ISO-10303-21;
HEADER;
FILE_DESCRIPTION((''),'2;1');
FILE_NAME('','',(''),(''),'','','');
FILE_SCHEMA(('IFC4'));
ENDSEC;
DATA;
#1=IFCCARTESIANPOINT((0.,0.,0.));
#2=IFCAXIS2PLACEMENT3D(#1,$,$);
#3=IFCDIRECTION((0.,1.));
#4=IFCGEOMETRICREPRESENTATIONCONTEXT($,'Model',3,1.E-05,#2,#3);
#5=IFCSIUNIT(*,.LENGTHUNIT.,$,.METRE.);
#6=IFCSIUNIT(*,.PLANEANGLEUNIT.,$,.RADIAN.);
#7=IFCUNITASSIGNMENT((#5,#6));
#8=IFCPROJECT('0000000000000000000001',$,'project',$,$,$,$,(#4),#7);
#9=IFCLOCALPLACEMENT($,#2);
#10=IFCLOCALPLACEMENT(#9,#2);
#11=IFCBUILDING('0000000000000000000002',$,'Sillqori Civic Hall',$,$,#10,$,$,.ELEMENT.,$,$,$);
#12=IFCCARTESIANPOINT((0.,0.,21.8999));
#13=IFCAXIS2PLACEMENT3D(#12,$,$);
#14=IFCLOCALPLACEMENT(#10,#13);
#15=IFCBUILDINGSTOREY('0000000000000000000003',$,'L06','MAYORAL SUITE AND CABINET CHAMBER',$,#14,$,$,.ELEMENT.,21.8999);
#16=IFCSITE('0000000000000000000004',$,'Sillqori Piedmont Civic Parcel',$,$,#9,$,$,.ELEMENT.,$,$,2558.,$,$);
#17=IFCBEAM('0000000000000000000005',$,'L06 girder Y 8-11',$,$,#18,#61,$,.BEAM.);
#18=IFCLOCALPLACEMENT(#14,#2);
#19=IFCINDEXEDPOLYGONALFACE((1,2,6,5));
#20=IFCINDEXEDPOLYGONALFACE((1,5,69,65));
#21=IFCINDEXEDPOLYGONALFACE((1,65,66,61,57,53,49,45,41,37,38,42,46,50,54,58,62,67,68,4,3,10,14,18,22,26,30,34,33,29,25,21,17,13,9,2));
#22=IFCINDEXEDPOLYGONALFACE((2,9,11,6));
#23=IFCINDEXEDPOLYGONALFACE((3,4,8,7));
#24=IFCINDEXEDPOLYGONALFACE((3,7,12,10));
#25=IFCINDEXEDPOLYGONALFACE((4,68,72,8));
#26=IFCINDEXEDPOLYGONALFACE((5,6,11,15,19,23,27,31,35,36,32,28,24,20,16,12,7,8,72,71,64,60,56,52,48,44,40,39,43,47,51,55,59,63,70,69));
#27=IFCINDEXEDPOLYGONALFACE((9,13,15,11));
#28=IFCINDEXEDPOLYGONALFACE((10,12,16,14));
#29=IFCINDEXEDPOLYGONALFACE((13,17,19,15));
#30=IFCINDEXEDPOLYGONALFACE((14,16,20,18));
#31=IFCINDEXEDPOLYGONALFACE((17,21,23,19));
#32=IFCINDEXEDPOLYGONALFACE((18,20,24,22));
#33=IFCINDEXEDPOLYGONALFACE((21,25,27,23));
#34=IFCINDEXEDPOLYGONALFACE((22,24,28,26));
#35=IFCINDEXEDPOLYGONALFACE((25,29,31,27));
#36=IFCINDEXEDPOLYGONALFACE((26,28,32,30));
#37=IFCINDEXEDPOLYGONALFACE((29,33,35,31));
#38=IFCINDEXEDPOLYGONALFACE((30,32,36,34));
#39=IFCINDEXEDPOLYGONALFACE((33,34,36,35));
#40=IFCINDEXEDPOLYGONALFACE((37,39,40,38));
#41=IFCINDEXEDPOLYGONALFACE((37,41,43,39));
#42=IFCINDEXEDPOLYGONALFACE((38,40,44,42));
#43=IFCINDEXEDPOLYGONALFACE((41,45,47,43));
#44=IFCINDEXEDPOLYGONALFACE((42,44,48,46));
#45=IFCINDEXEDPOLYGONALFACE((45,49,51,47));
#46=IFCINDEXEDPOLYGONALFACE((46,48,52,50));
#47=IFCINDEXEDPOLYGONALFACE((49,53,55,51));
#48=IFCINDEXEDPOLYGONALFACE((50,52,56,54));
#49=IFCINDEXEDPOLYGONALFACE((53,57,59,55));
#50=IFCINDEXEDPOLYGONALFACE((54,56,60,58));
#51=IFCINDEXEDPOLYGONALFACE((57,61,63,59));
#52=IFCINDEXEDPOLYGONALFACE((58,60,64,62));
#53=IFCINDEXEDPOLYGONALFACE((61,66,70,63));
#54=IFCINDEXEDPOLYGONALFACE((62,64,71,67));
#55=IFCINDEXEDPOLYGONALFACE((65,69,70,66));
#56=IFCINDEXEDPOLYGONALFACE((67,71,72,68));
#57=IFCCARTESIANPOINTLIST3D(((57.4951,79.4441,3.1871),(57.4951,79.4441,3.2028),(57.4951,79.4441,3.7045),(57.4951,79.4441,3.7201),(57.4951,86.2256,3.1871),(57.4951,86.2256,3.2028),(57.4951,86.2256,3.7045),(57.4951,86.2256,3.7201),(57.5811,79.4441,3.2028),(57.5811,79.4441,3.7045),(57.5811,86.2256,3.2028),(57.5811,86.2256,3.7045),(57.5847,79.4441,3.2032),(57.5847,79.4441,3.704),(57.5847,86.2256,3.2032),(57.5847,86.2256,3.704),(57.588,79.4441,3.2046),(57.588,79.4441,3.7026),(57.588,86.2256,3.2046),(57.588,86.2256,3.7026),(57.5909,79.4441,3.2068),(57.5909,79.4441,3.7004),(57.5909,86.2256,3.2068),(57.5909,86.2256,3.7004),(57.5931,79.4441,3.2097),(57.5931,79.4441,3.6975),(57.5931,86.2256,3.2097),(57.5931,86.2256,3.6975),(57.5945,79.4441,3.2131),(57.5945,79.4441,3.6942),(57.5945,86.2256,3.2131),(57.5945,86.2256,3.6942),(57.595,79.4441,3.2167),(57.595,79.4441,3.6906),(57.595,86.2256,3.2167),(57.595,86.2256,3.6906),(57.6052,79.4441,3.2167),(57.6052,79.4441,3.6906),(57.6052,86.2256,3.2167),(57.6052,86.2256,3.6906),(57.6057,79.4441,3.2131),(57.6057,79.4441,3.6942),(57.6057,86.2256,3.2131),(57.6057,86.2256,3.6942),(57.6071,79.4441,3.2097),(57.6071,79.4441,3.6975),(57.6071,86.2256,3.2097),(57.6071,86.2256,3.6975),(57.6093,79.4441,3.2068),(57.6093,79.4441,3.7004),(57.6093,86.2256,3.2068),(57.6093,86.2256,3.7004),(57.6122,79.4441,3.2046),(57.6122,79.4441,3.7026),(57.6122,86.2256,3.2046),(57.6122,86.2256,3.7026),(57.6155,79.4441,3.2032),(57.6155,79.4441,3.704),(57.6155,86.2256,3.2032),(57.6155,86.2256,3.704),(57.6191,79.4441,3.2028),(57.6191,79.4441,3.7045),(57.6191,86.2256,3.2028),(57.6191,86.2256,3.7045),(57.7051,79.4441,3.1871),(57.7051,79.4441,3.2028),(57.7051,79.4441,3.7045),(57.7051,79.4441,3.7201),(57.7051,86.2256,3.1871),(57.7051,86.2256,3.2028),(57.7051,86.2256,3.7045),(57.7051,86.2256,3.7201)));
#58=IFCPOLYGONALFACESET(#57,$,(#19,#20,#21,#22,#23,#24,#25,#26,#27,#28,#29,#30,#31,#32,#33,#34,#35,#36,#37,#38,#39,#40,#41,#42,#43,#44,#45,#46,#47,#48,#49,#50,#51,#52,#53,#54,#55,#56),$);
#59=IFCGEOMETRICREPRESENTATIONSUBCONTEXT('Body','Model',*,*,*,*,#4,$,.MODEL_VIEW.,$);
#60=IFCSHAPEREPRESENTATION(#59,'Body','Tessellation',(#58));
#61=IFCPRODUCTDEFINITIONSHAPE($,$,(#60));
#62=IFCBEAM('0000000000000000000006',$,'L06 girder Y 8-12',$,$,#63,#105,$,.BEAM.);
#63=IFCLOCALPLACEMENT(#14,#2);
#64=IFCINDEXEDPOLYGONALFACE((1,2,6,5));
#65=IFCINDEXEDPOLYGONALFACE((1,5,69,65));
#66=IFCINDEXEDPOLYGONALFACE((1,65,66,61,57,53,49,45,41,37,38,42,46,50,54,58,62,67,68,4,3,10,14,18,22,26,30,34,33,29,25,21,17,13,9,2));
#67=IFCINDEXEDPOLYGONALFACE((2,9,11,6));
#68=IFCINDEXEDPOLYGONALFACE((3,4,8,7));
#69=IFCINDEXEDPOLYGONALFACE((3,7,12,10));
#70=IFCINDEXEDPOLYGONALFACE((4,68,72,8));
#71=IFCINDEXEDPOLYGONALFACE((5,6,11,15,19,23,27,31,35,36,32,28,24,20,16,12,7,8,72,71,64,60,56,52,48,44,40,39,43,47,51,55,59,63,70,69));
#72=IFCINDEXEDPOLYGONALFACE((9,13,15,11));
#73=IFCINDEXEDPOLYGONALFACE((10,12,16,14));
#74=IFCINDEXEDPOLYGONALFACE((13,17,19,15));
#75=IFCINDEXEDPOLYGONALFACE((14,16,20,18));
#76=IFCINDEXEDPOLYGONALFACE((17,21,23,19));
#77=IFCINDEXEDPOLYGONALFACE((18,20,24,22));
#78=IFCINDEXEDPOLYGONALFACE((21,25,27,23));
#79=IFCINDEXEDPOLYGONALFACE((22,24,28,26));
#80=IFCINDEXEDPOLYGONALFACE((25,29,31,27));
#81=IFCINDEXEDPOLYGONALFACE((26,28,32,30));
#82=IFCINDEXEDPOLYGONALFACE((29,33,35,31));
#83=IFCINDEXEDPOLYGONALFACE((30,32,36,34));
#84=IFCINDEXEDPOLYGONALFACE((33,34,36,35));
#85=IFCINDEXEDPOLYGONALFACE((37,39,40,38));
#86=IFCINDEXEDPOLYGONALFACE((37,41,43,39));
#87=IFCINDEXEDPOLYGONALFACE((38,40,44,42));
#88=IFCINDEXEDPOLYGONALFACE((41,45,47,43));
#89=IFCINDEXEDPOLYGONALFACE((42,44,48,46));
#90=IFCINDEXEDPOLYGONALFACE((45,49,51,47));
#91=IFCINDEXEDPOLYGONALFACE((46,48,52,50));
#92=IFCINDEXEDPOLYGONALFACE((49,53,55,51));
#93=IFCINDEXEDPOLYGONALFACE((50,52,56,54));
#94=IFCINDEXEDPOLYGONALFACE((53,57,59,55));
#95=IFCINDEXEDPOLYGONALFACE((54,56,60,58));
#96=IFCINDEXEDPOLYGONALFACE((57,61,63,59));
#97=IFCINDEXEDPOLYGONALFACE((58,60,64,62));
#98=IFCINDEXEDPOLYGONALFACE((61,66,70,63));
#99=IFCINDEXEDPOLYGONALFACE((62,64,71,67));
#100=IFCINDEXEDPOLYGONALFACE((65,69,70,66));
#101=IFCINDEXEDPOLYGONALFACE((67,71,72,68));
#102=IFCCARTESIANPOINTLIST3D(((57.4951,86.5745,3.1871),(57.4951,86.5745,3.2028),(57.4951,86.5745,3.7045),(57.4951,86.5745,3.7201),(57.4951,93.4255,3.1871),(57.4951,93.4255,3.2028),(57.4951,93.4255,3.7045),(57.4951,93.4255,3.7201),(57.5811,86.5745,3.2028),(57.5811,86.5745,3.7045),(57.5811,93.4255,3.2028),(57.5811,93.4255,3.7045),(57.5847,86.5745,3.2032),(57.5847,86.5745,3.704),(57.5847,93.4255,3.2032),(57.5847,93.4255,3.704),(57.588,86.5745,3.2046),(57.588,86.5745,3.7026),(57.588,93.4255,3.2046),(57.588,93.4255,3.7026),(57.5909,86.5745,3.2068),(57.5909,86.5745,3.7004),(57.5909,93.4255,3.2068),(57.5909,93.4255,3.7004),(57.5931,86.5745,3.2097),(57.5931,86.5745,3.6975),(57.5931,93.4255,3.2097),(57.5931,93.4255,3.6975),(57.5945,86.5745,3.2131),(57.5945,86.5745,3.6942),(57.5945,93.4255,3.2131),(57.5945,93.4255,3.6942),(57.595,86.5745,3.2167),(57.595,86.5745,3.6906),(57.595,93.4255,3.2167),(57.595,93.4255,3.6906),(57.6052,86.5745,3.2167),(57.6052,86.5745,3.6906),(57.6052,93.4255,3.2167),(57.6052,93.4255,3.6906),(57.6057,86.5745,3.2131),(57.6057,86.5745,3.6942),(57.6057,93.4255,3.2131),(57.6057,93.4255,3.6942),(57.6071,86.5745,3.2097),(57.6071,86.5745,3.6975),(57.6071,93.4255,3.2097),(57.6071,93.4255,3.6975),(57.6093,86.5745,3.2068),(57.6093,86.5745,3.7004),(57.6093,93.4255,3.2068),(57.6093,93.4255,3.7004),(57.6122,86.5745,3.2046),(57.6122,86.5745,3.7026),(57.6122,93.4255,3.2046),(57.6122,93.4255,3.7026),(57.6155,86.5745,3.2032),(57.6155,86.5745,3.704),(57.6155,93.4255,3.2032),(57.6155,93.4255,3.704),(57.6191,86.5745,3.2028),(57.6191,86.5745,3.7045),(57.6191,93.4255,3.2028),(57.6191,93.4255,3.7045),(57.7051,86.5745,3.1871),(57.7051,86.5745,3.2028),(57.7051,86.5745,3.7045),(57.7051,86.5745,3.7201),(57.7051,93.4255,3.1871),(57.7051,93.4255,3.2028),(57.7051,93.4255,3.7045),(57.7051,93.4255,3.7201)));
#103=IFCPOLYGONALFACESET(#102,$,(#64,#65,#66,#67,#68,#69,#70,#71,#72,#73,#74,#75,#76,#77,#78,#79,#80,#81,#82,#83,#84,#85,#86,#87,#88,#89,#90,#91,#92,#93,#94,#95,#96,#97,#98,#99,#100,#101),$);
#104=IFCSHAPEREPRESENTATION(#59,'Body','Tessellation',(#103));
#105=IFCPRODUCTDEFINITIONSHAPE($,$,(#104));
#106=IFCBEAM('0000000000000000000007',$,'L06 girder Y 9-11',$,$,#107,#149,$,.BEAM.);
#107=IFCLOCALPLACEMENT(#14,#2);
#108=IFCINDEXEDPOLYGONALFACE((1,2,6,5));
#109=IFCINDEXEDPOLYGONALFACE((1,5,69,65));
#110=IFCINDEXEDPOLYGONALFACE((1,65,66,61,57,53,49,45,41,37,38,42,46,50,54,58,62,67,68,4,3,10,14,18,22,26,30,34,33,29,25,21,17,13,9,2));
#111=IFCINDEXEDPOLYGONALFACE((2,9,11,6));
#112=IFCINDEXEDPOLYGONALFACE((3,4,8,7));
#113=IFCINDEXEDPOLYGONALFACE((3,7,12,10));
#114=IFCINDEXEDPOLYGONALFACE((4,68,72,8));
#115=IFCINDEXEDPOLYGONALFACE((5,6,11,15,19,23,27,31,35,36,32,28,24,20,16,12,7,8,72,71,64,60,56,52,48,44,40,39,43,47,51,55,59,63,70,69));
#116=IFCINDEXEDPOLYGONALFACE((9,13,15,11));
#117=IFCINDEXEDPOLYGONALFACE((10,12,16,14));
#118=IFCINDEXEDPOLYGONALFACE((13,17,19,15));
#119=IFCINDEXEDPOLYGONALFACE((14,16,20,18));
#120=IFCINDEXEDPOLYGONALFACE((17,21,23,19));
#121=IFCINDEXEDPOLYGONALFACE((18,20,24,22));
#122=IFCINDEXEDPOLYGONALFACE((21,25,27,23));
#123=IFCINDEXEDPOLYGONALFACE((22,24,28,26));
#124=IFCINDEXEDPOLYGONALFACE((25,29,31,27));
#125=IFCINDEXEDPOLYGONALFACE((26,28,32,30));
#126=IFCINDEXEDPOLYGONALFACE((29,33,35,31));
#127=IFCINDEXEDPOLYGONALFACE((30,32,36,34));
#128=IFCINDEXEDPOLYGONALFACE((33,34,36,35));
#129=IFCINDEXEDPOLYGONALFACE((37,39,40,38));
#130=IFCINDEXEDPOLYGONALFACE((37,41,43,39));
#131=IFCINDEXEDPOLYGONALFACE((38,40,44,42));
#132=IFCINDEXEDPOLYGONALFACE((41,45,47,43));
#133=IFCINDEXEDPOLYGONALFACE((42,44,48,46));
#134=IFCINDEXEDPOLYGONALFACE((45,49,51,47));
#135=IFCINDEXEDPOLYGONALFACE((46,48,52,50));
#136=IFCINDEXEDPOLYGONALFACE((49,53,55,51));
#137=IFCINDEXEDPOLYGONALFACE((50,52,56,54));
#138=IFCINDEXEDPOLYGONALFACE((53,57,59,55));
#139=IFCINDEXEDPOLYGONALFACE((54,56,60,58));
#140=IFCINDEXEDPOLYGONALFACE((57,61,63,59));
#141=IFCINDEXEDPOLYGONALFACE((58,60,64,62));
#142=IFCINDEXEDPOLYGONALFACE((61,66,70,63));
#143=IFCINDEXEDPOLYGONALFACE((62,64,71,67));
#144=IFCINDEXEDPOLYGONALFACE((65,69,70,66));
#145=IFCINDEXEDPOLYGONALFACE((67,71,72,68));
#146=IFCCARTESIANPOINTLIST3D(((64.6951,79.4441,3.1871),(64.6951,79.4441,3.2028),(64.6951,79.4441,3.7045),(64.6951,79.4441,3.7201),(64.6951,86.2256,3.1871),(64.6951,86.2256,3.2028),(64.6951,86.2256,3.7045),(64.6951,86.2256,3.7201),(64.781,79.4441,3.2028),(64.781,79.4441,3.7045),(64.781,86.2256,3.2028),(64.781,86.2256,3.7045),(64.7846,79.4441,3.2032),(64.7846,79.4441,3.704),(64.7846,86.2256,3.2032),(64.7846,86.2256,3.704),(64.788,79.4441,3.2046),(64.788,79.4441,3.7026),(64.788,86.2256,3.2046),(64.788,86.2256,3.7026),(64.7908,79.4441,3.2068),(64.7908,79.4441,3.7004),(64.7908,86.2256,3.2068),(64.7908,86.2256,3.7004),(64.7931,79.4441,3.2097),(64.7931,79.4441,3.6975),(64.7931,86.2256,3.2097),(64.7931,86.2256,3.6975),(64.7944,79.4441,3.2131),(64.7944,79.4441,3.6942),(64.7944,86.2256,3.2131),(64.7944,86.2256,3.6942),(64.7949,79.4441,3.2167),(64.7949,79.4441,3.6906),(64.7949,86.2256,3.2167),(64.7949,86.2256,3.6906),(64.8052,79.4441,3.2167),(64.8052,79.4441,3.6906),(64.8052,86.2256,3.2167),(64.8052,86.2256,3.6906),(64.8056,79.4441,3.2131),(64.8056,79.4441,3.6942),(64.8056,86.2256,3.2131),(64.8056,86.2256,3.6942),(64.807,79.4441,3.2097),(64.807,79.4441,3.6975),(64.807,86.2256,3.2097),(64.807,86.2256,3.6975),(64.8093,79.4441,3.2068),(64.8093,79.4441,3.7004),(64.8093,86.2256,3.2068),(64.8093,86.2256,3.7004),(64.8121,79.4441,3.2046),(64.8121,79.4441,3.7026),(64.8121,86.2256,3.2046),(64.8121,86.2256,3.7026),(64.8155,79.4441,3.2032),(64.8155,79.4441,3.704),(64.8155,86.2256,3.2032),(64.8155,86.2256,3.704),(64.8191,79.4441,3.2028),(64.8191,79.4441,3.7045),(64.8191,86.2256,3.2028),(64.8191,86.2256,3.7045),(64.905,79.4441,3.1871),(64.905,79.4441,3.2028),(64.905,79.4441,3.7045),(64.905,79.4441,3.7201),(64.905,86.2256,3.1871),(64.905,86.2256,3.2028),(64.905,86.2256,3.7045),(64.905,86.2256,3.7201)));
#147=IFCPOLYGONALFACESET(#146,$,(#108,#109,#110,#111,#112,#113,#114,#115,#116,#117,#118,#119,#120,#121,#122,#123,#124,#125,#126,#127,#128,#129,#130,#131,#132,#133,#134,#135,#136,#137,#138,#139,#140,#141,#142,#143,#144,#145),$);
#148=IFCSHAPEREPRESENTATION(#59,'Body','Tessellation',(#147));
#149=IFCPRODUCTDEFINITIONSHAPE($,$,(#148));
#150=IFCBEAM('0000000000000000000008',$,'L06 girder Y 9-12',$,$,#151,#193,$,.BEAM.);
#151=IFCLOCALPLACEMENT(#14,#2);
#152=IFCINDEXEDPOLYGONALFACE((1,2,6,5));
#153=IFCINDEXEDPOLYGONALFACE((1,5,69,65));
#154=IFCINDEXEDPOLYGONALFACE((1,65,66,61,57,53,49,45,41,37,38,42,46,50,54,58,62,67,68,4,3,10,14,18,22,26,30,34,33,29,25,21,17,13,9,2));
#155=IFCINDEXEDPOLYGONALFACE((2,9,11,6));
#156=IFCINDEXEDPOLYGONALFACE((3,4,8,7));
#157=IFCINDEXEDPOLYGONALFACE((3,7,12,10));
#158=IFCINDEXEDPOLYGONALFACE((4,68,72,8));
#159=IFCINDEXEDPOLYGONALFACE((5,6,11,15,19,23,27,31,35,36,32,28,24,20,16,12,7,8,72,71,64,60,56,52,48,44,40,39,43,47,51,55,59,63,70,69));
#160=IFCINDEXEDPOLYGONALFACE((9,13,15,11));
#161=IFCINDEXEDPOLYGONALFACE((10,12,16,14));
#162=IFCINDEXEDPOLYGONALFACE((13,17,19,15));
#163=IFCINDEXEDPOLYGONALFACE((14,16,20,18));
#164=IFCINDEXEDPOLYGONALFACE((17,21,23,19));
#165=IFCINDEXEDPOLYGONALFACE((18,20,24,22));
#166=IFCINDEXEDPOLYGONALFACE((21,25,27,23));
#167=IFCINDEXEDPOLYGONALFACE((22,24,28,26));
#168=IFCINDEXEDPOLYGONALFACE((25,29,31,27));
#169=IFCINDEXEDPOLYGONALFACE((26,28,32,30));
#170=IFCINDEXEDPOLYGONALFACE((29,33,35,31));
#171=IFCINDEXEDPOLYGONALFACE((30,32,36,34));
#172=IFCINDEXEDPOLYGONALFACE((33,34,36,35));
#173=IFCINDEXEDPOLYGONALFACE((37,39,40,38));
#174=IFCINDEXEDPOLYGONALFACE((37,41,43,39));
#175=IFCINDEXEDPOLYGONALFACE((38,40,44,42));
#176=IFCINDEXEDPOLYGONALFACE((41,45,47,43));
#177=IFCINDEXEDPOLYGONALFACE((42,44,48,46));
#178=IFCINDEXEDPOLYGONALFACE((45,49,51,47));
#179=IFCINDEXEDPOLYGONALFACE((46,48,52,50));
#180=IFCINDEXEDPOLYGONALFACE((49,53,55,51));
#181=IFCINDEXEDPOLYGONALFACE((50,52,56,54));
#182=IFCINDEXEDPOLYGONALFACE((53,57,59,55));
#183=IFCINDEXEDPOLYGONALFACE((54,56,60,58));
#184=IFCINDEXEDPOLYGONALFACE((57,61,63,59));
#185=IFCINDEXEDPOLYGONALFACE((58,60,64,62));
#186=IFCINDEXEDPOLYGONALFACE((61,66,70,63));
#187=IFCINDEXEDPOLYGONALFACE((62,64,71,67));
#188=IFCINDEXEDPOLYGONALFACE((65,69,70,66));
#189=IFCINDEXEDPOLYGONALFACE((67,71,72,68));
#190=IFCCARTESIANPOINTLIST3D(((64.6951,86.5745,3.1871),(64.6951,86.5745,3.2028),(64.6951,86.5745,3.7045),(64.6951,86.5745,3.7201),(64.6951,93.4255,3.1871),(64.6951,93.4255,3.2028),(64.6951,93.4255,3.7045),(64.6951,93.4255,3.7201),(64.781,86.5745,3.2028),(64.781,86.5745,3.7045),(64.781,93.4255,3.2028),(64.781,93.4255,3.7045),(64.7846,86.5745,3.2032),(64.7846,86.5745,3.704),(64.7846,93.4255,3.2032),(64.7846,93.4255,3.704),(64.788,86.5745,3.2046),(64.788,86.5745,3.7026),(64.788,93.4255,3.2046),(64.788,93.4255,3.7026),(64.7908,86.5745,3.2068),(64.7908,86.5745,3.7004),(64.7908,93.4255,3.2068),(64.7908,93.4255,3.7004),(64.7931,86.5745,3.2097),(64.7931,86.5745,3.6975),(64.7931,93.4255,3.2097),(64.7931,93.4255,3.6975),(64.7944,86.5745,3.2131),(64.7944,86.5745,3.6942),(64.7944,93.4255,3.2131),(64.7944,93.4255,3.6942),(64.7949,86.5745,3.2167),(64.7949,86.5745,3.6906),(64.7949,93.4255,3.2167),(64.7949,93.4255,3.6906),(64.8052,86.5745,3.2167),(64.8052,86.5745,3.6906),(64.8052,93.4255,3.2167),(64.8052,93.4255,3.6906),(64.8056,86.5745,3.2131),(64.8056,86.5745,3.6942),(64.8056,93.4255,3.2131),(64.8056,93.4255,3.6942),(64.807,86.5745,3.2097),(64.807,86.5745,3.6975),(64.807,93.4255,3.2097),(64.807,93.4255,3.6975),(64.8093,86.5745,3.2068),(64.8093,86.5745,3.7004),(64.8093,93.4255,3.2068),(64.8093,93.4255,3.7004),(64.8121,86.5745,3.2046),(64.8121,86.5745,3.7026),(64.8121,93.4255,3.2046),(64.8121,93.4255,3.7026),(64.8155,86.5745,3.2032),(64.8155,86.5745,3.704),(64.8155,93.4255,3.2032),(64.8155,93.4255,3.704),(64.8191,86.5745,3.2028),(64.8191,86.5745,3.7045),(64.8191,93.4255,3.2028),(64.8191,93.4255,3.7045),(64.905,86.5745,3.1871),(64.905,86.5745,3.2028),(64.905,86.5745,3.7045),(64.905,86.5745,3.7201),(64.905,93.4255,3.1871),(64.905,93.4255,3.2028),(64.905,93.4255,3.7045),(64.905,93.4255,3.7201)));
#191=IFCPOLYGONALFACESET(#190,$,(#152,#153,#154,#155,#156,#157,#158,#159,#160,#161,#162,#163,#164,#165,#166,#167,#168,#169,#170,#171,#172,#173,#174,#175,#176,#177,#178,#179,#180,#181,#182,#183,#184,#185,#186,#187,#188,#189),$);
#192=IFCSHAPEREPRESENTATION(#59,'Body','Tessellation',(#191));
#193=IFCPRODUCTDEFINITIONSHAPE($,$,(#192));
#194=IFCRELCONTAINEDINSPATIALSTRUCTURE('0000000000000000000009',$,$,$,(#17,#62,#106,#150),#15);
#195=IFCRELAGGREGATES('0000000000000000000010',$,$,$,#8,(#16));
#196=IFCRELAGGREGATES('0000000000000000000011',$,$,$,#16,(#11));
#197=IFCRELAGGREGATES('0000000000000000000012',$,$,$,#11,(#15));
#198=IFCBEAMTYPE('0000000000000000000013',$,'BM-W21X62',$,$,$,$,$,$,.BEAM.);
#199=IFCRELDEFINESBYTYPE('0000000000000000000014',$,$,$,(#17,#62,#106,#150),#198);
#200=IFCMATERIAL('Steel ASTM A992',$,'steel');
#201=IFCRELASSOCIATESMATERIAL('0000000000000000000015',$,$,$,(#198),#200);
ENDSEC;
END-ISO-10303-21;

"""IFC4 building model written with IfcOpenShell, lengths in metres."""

from ifc_helpers import new_model, si_unit, direction, frame, origin, origin_2d, place, context, subcontext, project, spatial, i_section, extrude, material, material_profile, profile_set, type_object, element, save


model = new_model("IFC4")

# Units and contexts
model_context = context("Model", 3, precision=1e-05, world=origin(), true_north=direction((0.0, 1.0)))
body_context = subcontext(model_context, "Body", "Model", "MODEL_VIEW")
ifc_project = project(units=[si_unit("LENGTHUNIT", "METRE"), si_unit("PLANEANGLEUNIT", "RADIAN")], contexts=[model_context])

# Site, building, storey
site_placement = place(None, origin())
site = spatial("IfcSite", under=ifc_project, at=site_placement, Name="Sillqori Piedmont Civic Parcel", CompositionType="ELEMENT", RefElevation=2558.0)
building_placement = place(site_placement, origin())
building = spatial("IfcBuilding", under=site, at=building_placement, Name="Sillqori Civic Hall", CompositionType="ELEMENT")
storey_placement = place(building_placement, frame((0.0, 0.0, 21.8999)))
storey = spatial("IfcBuildingStorey", under=building, at=storey_placement, Name="L06", Description="MAYORAL SUITE AND CABINET CHAMBER", CompositionType="ELEMENT", Elevation=21.8999)

# Shared definitions
ifc_material_1 = material(Name="Steel ASTM A992", Category="steel")

# Beams
ifc_material_profile_1 = material_profile(ifc_material_1, i_section(OverallWidth=0.21, OverallDepth=0.533, WebThickness=0.0103, FlangeThickness=0.0156, FilletRadius=0.0139, at=origin_2d()), Name="W21X62")
ifc_profile_set_1 = profile_set([ifc_material_profile_1], Name="Steel ASTM A992")
beam_type_1 = type_object("IfcBeamType", Name="BM-W21X62", PredefinedType="BEAM", material=ifc_profile_set_1)
beam_1_placement = place(storey_placement, frame((57.6001, 79.4441, 3.4536), z_axis=(0.0, 1.0, 0.0), x_axis=(-1.0, 0.0, 0.0)))
element("IfcBeam", 1, at=beam_1_placement, inside=storey, type_object=beam_type_1, Name="L06 girder Y 8-11", PredefinedType="BEAM", context=body_context, shape_type="SweptSolid", body=[
    extrude(i_section(OverallWidth=0.21, OverallDepth=0.533, WebThickness=0.0103, FlangeThickness=0.0156, FilletRadius=0.0139, at=origin_2d()), origin(), (0.0, 0.0, 1.0), 6.7815),
])
beam_2_placement = place(storey_placement, frame((57.6001, 86.5745, 3.4536), z_axis=(0.0, 1.0, 0.0), x_axis=(-1.0, 0.0, 0.0)))
element("IfcBeam", 2, at=beam_2_placement, inside=storey, type_object=beam_type_1, Name="L06 girder Y 8-12", PredefinedType="BEAM", context=body_context, shape_type="SweptSolid", body=[
    extrude(i_section(OverallWidth=0.21, OverallDepth=0.533, WebThickness=0.0103, FlangeThickness=0.0156, FilletRadius=0.0139, at=origin_2d()), origin(), (0.0, 0.0, 1.0), 6.8511),
])
beam_3_placement = place(storey_placement, frame((64.8, 79.4441, 3.4536), z_axis=(0.0, 1.0, 0.0), x_axis=(-1.0, 0.0, 0.0)))
element("IfcBeam", 3, at=beam_3_placement, inside=storey, type_object=beam_type_1, Name="L06 girder Y 9-11", PredefinedType="BEAM", context=body_context, shape_type="SweptSolid", body=[
    extrude(i_section(OverallWidth=0.21, OverallDepth=0.533, WebThickness=0.0103, FlangeThickness=0.0156, FilletRadius=0.0139, at=origin_2d()), origin(), (0.0, 0.0, 1.0), 6.7815),
])
beam_4_placement = place(storey_placement, frame((64.8, 86.5745, 3.4536), z_axis=(0.0, 1.0, 0.0), x_axis=(-1.0, 0.0, 0.0)))
element("IfcBeam", 4, at=beam_4_placement, inside=storey, type_object=beam_type_1, Name="L06 girder Y 9-12", PredefinedType="BEAM", context=body_context, shape_type="SweptSolid", body=[
    extrude(i_section(OverallWidth=0.21, OverallDepth=0.533, WebThickness=0.0103, FlangeThickness=0.0156, FilletRadius=0.0139, at=origin_2d()), origin(), (0.0, 0.0, 1.0), 6.8511),
])

save(model, "model.ifc")
